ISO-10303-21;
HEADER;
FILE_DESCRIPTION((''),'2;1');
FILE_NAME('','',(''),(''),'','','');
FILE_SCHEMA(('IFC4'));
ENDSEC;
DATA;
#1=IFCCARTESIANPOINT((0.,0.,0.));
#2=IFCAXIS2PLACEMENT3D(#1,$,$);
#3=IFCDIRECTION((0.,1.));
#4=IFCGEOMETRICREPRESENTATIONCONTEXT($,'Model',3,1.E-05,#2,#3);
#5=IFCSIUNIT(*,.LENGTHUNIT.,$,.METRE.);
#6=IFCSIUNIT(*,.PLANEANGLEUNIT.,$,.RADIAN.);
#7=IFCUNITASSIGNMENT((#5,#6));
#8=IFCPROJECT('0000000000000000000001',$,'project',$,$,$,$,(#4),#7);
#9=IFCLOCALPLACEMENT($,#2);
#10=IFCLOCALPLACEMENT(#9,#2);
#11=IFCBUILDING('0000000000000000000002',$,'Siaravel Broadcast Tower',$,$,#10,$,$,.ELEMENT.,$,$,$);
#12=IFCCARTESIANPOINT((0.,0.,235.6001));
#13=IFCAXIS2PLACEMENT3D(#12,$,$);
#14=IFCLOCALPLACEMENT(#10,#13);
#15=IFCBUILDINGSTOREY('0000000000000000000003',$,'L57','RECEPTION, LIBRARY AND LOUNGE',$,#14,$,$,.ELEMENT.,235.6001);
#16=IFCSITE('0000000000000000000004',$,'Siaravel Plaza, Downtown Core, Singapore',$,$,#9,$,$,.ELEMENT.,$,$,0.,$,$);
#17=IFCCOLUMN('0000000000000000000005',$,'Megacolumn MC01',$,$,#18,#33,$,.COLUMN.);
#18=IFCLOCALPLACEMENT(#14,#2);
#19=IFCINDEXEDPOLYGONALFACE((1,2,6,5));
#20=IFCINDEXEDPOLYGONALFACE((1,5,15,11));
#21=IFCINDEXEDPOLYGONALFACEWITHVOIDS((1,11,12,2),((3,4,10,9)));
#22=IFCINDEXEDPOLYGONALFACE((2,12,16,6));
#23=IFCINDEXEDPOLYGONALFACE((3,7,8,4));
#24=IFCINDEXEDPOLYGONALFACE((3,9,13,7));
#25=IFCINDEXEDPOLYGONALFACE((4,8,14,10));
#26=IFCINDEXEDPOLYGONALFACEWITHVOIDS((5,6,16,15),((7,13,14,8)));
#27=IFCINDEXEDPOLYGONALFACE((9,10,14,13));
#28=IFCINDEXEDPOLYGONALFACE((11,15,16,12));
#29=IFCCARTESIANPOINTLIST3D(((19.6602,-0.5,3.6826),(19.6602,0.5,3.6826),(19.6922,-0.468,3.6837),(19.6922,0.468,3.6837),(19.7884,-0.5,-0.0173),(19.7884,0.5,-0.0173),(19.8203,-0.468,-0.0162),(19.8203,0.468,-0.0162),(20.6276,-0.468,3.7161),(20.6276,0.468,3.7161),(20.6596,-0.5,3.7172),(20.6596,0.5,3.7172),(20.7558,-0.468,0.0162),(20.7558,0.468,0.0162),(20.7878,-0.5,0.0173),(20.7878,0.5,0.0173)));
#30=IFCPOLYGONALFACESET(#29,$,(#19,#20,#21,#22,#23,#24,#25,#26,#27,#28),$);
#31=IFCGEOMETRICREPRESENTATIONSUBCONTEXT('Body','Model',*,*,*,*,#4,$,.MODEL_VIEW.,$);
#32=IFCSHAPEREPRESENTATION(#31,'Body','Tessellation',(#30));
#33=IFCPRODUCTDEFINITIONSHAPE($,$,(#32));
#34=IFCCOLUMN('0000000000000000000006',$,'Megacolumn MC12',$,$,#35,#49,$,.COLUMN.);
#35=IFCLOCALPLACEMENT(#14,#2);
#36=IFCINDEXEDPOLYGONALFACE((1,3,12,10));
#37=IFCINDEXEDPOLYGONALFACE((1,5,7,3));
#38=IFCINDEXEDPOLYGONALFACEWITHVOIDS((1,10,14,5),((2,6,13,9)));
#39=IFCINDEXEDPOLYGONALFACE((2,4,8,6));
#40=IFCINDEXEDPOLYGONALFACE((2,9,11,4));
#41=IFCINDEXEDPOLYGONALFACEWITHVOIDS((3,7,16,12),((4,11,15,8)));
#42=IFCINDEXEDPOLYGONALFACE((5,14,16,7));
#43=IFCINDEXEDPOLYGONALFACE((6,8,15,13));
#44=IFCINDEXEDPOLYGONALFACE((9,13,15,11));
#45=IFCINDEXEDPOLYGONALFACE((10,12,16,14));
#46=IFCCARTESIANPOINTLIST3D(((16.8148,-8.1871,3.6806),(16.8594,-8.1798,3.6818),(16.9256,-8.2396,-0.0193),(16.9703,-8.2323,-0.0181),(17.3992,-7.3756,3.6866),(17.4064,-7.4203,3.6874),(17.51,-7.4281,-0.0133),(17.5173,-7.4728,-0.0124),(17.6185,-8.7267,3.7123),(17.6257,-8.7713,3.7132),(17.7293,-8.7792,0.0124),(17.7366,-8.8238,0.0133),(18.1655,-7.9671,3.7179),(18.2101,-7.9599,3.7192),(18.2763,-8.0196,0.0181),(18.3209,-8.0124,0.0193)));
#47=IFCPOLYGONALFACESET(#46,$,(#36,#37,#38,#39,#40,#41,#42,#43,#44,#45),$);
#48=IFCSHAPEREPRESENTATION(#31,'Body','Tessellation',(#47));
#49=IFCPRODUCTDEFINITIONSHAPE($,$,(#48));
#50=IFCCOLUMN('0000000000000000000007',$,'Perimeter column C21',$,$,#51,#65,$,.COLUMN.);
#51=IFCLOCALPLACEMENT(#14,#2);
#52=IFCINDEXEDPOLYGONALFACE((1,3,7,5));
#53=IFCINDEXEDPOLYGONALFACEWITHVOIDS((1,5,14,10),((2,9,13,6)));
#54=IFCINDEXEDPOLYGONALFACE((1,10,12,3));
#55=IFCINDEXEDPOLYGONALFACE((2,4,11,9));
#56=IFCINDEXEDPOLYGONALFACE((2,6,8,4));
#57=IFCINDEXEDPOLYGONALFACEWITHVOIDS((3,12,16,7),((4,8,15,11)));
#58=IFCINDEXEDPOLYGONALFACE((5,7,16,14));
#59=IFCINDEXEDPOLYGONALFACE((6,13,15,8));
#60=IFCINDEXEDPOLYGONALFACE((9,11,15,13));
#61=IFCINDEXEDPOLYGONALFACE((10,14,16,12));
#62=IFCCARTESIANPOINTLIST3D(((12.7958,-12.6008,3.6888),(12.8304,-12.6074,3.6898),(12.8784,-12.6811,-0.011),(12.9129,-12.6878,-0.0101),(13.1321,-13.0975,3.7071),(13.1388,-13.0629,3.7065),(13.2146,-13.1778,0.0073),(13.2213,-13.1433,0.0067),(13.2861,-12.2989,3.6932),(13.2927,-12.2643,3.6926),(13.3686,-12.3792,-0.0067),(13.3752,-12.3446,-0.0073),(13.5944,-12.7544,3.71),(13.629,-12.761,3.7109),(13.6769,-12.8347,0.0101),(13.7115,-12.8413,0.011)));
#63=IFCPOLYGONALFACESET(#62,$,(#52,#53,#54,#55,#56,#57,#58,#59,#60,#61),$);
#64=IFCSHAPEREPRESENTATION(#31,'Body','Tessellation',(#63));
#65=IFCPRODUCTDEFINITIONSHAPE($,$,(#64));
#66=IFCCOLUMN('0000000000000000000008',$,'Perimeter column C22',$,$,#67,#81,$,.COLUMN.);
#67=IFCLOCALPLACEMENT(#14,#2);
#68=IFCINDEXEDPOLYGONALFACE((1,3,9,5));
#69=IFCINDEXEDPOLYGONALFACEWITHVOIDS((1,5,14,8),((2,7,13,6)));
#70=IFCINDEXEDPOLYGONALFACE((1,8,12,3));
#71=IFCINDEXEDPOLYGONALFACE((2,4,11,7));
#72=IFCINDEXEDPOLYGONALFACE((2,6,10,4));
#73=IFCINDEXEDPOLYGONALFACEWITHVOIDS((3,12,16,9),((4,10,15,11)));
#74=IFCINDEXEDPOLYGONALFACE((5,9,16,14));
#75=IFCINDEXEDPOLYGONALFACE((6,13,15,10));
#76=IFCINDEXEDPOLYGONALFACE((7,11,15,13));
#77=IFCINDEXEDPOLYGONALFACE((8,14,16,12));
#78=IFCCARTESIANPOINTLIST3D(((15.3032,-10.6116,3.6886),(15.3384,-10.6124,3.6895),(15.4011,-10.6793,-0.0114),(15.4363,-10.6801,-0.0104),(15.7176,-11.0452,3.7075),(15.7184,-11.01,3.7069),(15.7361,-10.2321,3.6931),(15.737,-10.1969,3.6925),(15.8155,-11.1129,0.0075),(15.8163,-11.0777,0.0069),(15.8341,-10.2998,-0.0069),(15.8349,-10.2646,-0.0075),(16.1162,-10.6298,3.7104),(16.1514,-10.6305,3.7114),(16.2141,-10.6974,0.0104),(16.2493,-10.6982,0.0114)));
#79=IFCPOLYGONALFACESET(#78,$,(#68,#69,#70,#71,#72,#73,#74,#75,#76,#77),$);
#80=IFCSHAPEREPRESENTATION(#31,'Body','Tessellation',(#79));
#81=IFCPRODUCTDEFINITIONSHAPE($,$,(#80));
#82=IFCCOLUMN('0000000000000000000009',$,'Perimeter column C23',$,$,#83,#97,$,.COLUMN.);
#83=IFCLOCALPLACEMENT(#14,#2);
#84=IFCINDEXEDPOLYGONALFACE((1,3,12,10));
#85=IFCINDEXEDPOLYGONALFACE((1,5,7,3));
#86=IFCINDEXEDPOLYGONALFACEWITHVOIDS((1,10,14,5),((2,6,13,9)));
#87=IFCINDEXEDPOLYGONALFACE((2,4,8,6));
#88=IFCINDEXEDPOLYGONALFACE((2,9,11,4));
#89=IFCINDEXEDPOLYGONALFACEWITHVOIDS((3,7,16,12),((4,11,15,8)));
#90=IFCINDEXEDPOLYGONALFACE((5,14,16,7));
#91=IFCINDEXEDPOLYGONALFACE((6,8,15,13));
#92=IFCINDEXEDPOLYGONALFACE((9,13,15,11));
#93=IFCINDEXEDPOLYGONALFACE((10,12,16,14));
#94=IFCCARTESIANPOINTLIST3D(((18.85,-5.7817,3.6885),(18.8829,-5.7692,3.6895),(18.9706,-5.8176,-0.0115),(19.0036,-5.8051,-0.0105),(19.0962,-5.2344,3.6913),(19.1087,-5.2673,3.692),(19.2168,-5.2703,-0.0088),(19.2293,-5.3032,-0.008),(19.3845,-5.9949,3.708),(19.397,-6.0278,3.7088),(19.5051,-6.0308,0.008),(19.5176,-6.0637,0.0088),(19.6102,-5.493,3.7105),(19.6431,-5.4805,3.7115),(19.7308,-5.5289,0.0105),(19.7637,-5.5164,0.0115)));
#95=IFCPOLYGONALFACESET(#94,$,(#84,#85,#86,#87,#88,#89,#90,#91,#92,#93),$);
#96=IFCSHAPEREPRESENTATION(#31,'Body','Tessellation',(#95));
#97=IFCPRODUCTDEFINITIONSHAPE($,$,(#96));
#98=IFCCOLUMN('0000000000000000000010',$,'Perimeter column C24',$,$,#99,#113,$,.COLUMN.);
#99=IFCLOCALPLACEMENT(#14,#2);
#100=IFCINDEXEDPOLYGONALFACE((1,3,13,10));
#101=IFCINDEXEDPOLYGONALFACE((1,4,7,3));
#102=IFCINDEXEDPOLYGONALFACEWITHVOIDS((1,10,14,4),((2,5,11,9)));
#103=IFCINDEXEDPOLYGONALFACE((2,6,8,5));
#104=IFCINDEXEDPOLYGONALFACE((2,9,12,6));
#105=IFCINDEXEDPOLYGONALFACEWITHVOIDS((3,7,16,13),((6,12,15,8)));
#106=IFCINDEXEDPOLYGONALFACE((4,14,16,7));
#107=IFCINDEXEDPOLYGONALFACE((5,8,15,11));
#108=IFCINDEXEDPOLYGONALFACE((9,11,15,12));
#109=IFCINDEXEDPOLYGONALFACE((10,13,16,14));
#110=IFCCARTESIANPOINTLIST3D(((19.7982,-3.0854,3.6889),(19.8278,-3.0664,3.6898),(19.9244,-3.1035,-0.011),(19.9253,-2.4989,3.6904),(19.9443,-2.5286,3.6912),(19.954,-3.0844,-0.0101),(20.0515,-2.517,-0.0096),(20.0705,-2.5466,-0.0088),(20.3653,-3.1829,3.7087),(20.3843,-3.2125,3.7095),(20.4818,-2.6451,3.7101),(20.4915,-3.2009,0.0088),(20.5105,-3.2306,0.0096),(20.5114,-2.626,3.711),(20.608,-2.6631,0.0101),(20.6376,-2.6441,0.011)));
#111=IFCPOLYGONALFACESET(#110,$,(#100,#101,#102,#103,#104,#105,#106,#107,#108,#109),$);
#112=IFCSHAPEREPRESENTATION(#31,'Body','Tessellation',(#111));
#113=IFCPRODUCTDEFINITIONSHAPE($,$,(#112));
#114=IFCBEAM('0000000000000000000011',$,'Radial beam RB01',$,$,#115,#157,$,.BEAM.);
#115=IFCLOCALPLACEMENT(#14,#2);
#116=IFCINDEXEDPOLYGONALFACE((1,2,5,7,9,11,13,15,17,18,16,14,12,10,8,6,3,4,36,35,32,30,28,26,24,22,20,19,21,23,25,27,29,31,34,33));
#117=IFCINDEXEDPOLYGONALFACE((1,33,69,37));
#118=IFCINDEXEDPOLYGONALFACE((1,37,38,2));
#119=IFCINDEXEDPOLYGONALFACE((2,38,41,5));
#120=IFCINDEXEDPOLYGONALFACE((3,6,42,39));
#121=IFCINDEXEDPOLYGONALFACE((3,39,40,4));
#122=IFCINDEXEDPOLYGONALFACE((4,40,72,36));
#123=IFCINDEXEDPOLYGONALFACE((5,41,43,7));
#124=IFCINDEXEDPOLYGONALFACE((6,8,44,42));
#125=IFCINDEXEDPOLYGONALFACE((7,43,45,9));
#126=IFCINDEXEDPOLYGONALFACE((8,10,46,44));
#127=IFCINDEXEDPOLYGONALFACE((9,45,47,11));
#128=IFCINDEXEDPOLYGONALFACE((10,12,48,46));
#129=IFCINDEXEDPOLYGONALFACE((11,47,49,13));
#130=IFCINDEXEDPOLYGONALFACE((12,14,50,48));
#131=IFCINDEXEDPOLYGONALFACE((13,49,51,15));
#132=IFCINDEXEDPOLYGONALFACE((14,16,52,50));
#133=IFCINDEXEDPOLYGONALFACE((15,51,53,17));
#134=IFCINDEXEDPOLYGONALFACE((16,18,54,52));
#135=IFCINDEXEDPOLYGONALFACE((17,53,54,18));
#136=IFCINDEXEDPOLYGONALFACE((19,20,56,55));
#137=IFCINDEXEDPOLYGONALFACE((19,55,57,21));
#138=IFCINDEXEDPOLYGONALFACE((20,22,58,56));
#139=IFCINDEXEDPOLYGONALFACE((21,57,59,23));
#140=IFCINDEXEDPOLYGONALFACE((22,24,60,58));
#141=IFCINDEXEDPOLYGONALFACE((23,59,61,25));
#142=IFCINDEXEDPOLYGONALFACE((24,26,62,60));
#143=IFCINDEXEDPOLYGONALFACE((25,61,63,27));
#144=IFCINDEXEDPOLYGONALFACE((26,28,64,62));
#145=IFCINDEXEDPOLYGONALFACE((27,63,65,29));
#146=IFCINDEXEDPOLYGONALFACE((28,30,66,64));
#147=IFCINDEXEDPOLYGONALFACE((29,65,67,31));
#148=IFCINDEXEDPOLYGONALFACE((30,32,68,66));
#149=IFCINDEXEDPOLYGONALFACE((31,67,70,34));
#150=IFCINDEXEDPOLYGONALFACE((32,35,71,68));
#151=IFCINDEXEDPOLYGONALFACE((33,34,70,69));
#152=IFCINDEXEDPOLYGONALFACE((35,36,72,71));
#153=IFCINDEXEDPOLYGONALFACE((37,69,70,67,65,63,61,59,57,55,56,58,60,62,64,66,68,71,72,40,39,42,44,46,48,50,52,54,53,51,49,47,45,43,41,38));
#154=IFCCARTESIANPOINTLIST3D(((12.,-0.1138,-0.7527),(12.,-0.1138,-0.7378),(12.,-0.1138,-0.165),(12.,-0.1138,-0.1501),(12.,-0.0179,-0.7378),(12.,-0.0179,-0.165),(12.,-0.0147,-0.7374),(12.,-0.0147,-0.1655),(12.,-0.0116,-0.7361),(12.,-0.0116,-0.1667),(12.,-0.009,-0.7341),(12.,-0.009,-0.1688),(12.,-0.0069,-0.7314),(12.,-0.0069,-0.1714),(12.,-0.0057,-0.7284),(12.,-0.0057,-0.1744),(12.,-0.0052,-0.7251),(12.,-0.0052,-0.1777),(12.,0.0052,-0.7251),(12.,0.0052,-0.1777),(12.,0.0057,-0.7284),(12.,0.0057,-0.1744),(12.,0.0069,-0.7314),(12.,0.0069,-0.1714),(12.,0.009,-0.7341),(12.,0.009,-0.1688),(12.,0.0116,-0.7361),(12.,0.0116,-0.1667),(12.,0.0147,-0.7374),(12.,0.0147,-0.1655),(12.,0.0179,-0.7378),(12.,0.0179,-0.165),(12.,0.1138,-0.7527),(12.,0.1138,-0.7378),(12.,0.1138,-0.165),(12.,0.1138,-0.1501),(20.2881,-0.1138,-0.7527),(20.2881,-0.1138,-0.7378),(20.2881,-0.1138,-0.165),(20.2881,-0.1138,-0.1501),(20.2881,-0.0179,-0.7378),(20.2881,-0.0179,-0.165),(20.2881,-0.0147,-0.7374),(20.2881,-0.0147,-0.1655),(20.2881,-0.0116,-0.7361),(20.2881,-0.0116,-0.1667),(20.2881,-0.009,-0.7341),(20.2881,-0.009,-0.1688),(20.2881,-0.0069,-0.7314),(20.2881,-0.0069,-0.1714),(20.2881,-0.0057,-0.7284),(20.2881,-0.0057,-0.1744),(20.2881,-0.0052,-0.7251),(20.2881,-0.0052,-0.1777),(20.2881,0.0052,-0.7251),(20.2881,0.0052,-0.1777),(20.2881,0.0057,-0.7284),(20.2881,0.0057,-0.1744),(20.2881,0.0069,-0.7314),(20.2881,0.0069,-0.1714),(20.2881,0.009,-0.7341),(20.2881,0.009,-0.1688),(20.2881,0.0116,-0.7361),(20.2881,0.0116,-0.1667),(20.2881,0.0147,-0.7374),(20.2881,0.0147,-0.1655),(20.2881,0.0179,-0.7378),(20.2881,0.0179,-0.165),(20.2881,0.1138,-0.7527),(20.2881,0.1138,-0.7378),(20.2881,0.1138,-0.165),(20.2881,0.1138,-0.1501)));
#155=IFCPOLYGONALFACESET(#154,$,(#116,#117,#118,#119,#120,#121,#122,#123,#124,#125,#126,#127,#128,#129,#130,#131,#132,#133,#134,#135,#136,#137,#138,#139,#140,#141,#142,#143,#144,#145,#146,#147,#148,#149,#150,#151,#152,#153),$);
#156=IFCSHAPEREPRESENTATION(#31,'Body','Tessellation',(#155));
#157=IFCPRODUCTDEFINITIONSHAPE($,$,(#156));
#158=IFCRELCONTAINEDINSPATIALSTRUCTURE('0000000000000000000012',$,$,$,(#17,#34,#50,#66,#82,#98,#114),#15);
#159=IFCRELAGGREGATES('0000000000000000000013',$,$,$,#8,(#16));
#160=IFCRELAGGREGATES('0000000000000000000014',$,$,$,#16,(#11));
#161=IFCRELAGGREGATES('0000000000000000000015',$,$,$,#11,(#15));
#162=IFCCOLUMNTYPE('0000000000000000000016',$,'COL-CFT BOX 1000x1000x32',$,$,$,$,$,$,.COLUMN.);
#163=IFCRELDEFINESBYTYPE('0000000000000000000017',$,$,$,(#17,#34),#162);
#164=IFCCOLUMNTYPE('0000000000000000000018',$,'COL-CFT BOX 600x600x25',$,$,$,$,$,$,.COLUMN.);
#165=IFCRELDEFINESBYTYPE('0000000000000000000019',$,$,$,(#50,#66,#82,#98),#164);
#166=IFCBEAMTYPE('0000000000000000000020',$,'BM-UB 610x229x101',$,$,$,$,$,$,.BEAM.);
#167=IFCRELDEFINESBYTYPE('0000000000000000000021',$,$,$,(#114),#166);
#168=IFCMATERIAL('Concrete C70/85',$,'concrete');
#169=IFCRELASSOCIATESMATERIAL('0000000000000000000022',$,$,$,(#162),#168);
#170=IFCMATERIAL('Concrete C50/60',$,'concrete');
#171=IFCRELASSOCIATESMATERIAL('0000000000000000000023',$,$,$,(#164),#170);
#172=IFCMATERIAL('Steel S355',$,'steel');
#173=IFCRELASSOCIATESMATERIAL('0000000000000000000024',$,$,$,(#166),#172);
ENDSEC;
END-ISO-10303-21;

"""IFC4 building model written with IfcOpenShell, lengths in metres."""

from ifc_helpers import new_model, si_unit, direction, frame, origin, origin_2d, place, context, subcontext, project, spatial, hollow_rectangle, i_section, extrude, material, material_profile, profile_set, type_object, element, save


model = new_model("IFC4")

# Units and contexts
model_context = context("Model", 3, precision=1e-05, world=origin(), true_north=direction((0.0, 1.0)))
body_context = subcontext(model_context, "Body", "Model", "MODEL_VIEW")
ifc_project = project(units=[si_unit("LENGTHUNIT", "METRE"), si_unit("PLANEANGLEUNIT", "RADIAN")], contexts=[model_context])

# Site, building, storey
site_placement = place(None, origin())
site = spatial("IfcSite", under=ifc_project, at=site_placement, Name="Siaravel Plaza, Downtown Core, Singapore", CompositionType="ELEMENT", RefElevation=0.0)
building_placement = place(site_placement, origin())
building = spatial("IfcBuilding", under=site, at=building_placement, Name="Siaravel Broadcast Tower", CompositionType="ELEMENT")
storey_placement = place(building_placement, frame((0.0, 0.0, 235.6001)))
storey = spatial("IfcBuildingStorey", under=building, at=storey_placement, Name="L57", Description="RECEPTION, LIBRARY AND LOUNGE", CompositionType="ELEMENT", Elevation=235.6001)

# Columns
ifc_material_1 = material(Name="Concrete C70/85", Category="concrete")
ifc_material_profile_1 = material_profile(ifc_material_1, hollow_rectangle(XDim=1.0, YDim=1.0, WallThickness=0.032, at=origin_2d()))
ifc_profile_set_1 = profile_set([ifc_material_profile_1], Name="Concrete C70/85")
column_type_1 = type_object("IfcColumnType", Name="COL-CFT BOX 1000x1000x32", PredefinedType="COLUMN", material=ifc_profile_set_1)
column_1_placement = place(storey_placement, frame((20.2881, 0.0, 0.0), z_axis=(-0.034621, 0.0, 0.999401), x_axis=(0.0, -1.0, 0.0)))
element("IfcColumn", 1, at=column_1_placement, inside=storey, type_object=column_type_1, Name="Megacolumn MC01", PredefinedType="COLUMN", context=body_context, shape_type="SweptSolid", body=[
    extrude(hollow_rectangle(XDim=1.0, YDim=1.0, WallThickness=0.032, at=origin_2d()), origin(), (0.0, 0.0, 1.0), 3.7021),
])
column_2_placement = place(storey_placement, frame((17.6233, -8.126, 0.0), z_axis=(-0.029941, 0.014179, 0.999451), x_axis=(-0.584369, -0.811466, -0.005994)))
element("IfcColumn", 2, at=column_2_placement, inside=storey, type_object=column_type_1, Name="Megacolumn MC12", PredefinedType="COLUMN", context=body_context, shape_type="SweptSolid", body=[
    extrude(hollow_rectangle(XDim=1.0, YDim=1.0, WallThickness=0.032, at=origin_2d()), origin(), (0.0, 0.0, 1.0), 3.7019),
])
ifc_material_2 = material(Name="Concrete C50/60", Category="concrete")
ifc_material_profile_2 = material_profile(ifc_material_2, hollow_rectangle(XDim=0.6001, YDim=0.6001, WallThickness=0.0249, at=origin_2d()))
ifc_profile_set_2 = profile_set([ifc_material_profile_2], Name="Concrete C50/60")
column_type_2 = type_object("IfcColumnType", Name="COL-CFT BOX 600x600x25", PredefinedType="COLUMN", material=ifc_profile_set_2)
column_3_placement = place(storey_placement, frame((13.2949, -12.7612, 0.0), z_axis=(-0.022292, 0.021698, 0.999516), x_axis=(-0.82798, -0.560723, -0.006294)))
element("IfcColumn", 3, at=column_3_placement, inside=storey, type_object=column_type_2, Name="Perimeter column C21", PredefinedType="COLUMN", context=body_context, shape_type="SweptSolid", body=[
    extrude(hollow_rectangle(XDim=0.6001, YDim=0.6001, WallThickness=0.0249, at=origin_2d()), origin(), (0.0, 0.0, 1.0), 3.7017),
])
column_4_placement = place(storey_placement, frame((15.8252, -10.6887, 0.0), z_axis=(-0.026446, 0.018268, 0.999483), x_axis=(-0.722769, -0.691059, -0.006493)))
element("IfcColumn", 4, at=column_4_placement, inside=storey, type_object=column_type_2, Name="Perimeter column C22", PredefinedType="COLUMN", context=body_context, shape_type="SweptSolid", body=[
    extrude(hollow_rectangle(XDim=0.6001, YDim=0.6001, WallThickness=0.0249, at=origin_2d()), origin(), (0.0, 0.0, 1.0), 3.7019),
])
for number, where, z_axis, x_axis, name in (
    (5, (19.3672, -5.667, 0.0), (-0.032578, 0.009694, 0.999422), (-0.410159, -0.912003, -0.004524), "Perimeter column C23"),
    (6, (20.281, -2.8738, 0.0), (-0.034094, 0.00488, 0.999407), (-0.211771, -0.977316, -0.002452), "Perimeter column C24"),
):
    element("IfcColumn", number, at=place(storey_placement, frame(where, z_axis=z_axis, x_axis=x_axis)), inside=storey, type_object=column_type_2, Name=name, PredefinedType="COLUMN", context=body_context, shape_type="SweptSolid", body=[
        extrude(hollow_rectangle(XDim=0.6001, YDim=0.6001, WallThickness=0.0249, at=origin_2d()), origin(), (0.0, 0.0, 1.0), 3.7021),
    ])

# Beam
ifc_material_3 = material(Name="Steel S355", Category="steel")
ifc_material_profile_3 = material_profile(ifc_material_3, i_section(OverallWidth=0.2275, OverallDepth=0.6025, WebThickness=0.0105, FlangeThickness=0.0149, FilletRadius=0.0127, at=origin_2d()))
ifc_profile_set_3 = profile_set([ifc_material_profile_3], Name="Steel S355")
beam_type = type_object("IfcBeamType", Name="BM-UB 610x229x101", PredefinedType="BEAM", material=ifc_profile_set_3)
beam_1_placement = place(storey_placement, frame((20.2881, 0.0, -0.4514), z_axis=(-1.0, 0.0, 0.0), x_axis=(0.0, -1.0, 0.0)))
element("IfcBeam", 7, at=beam_1_placement, inside=storey, type_object=beam_type, Name="Radial beam RB01", PredefinedType="BEAM", context=body_context, shape_type="SweptSolid", body=[
    extrude(i_section(OverallWidth=0.2275, OverallDepth=0.6025, WebThickness=0.0105, FlangeThickness=0.0149, FilletRadius=0.0127, at=origin_2d()), origin(), (0.0, 0.0, 1.0), 8.2881),
])

save(model, "model.ifc")
